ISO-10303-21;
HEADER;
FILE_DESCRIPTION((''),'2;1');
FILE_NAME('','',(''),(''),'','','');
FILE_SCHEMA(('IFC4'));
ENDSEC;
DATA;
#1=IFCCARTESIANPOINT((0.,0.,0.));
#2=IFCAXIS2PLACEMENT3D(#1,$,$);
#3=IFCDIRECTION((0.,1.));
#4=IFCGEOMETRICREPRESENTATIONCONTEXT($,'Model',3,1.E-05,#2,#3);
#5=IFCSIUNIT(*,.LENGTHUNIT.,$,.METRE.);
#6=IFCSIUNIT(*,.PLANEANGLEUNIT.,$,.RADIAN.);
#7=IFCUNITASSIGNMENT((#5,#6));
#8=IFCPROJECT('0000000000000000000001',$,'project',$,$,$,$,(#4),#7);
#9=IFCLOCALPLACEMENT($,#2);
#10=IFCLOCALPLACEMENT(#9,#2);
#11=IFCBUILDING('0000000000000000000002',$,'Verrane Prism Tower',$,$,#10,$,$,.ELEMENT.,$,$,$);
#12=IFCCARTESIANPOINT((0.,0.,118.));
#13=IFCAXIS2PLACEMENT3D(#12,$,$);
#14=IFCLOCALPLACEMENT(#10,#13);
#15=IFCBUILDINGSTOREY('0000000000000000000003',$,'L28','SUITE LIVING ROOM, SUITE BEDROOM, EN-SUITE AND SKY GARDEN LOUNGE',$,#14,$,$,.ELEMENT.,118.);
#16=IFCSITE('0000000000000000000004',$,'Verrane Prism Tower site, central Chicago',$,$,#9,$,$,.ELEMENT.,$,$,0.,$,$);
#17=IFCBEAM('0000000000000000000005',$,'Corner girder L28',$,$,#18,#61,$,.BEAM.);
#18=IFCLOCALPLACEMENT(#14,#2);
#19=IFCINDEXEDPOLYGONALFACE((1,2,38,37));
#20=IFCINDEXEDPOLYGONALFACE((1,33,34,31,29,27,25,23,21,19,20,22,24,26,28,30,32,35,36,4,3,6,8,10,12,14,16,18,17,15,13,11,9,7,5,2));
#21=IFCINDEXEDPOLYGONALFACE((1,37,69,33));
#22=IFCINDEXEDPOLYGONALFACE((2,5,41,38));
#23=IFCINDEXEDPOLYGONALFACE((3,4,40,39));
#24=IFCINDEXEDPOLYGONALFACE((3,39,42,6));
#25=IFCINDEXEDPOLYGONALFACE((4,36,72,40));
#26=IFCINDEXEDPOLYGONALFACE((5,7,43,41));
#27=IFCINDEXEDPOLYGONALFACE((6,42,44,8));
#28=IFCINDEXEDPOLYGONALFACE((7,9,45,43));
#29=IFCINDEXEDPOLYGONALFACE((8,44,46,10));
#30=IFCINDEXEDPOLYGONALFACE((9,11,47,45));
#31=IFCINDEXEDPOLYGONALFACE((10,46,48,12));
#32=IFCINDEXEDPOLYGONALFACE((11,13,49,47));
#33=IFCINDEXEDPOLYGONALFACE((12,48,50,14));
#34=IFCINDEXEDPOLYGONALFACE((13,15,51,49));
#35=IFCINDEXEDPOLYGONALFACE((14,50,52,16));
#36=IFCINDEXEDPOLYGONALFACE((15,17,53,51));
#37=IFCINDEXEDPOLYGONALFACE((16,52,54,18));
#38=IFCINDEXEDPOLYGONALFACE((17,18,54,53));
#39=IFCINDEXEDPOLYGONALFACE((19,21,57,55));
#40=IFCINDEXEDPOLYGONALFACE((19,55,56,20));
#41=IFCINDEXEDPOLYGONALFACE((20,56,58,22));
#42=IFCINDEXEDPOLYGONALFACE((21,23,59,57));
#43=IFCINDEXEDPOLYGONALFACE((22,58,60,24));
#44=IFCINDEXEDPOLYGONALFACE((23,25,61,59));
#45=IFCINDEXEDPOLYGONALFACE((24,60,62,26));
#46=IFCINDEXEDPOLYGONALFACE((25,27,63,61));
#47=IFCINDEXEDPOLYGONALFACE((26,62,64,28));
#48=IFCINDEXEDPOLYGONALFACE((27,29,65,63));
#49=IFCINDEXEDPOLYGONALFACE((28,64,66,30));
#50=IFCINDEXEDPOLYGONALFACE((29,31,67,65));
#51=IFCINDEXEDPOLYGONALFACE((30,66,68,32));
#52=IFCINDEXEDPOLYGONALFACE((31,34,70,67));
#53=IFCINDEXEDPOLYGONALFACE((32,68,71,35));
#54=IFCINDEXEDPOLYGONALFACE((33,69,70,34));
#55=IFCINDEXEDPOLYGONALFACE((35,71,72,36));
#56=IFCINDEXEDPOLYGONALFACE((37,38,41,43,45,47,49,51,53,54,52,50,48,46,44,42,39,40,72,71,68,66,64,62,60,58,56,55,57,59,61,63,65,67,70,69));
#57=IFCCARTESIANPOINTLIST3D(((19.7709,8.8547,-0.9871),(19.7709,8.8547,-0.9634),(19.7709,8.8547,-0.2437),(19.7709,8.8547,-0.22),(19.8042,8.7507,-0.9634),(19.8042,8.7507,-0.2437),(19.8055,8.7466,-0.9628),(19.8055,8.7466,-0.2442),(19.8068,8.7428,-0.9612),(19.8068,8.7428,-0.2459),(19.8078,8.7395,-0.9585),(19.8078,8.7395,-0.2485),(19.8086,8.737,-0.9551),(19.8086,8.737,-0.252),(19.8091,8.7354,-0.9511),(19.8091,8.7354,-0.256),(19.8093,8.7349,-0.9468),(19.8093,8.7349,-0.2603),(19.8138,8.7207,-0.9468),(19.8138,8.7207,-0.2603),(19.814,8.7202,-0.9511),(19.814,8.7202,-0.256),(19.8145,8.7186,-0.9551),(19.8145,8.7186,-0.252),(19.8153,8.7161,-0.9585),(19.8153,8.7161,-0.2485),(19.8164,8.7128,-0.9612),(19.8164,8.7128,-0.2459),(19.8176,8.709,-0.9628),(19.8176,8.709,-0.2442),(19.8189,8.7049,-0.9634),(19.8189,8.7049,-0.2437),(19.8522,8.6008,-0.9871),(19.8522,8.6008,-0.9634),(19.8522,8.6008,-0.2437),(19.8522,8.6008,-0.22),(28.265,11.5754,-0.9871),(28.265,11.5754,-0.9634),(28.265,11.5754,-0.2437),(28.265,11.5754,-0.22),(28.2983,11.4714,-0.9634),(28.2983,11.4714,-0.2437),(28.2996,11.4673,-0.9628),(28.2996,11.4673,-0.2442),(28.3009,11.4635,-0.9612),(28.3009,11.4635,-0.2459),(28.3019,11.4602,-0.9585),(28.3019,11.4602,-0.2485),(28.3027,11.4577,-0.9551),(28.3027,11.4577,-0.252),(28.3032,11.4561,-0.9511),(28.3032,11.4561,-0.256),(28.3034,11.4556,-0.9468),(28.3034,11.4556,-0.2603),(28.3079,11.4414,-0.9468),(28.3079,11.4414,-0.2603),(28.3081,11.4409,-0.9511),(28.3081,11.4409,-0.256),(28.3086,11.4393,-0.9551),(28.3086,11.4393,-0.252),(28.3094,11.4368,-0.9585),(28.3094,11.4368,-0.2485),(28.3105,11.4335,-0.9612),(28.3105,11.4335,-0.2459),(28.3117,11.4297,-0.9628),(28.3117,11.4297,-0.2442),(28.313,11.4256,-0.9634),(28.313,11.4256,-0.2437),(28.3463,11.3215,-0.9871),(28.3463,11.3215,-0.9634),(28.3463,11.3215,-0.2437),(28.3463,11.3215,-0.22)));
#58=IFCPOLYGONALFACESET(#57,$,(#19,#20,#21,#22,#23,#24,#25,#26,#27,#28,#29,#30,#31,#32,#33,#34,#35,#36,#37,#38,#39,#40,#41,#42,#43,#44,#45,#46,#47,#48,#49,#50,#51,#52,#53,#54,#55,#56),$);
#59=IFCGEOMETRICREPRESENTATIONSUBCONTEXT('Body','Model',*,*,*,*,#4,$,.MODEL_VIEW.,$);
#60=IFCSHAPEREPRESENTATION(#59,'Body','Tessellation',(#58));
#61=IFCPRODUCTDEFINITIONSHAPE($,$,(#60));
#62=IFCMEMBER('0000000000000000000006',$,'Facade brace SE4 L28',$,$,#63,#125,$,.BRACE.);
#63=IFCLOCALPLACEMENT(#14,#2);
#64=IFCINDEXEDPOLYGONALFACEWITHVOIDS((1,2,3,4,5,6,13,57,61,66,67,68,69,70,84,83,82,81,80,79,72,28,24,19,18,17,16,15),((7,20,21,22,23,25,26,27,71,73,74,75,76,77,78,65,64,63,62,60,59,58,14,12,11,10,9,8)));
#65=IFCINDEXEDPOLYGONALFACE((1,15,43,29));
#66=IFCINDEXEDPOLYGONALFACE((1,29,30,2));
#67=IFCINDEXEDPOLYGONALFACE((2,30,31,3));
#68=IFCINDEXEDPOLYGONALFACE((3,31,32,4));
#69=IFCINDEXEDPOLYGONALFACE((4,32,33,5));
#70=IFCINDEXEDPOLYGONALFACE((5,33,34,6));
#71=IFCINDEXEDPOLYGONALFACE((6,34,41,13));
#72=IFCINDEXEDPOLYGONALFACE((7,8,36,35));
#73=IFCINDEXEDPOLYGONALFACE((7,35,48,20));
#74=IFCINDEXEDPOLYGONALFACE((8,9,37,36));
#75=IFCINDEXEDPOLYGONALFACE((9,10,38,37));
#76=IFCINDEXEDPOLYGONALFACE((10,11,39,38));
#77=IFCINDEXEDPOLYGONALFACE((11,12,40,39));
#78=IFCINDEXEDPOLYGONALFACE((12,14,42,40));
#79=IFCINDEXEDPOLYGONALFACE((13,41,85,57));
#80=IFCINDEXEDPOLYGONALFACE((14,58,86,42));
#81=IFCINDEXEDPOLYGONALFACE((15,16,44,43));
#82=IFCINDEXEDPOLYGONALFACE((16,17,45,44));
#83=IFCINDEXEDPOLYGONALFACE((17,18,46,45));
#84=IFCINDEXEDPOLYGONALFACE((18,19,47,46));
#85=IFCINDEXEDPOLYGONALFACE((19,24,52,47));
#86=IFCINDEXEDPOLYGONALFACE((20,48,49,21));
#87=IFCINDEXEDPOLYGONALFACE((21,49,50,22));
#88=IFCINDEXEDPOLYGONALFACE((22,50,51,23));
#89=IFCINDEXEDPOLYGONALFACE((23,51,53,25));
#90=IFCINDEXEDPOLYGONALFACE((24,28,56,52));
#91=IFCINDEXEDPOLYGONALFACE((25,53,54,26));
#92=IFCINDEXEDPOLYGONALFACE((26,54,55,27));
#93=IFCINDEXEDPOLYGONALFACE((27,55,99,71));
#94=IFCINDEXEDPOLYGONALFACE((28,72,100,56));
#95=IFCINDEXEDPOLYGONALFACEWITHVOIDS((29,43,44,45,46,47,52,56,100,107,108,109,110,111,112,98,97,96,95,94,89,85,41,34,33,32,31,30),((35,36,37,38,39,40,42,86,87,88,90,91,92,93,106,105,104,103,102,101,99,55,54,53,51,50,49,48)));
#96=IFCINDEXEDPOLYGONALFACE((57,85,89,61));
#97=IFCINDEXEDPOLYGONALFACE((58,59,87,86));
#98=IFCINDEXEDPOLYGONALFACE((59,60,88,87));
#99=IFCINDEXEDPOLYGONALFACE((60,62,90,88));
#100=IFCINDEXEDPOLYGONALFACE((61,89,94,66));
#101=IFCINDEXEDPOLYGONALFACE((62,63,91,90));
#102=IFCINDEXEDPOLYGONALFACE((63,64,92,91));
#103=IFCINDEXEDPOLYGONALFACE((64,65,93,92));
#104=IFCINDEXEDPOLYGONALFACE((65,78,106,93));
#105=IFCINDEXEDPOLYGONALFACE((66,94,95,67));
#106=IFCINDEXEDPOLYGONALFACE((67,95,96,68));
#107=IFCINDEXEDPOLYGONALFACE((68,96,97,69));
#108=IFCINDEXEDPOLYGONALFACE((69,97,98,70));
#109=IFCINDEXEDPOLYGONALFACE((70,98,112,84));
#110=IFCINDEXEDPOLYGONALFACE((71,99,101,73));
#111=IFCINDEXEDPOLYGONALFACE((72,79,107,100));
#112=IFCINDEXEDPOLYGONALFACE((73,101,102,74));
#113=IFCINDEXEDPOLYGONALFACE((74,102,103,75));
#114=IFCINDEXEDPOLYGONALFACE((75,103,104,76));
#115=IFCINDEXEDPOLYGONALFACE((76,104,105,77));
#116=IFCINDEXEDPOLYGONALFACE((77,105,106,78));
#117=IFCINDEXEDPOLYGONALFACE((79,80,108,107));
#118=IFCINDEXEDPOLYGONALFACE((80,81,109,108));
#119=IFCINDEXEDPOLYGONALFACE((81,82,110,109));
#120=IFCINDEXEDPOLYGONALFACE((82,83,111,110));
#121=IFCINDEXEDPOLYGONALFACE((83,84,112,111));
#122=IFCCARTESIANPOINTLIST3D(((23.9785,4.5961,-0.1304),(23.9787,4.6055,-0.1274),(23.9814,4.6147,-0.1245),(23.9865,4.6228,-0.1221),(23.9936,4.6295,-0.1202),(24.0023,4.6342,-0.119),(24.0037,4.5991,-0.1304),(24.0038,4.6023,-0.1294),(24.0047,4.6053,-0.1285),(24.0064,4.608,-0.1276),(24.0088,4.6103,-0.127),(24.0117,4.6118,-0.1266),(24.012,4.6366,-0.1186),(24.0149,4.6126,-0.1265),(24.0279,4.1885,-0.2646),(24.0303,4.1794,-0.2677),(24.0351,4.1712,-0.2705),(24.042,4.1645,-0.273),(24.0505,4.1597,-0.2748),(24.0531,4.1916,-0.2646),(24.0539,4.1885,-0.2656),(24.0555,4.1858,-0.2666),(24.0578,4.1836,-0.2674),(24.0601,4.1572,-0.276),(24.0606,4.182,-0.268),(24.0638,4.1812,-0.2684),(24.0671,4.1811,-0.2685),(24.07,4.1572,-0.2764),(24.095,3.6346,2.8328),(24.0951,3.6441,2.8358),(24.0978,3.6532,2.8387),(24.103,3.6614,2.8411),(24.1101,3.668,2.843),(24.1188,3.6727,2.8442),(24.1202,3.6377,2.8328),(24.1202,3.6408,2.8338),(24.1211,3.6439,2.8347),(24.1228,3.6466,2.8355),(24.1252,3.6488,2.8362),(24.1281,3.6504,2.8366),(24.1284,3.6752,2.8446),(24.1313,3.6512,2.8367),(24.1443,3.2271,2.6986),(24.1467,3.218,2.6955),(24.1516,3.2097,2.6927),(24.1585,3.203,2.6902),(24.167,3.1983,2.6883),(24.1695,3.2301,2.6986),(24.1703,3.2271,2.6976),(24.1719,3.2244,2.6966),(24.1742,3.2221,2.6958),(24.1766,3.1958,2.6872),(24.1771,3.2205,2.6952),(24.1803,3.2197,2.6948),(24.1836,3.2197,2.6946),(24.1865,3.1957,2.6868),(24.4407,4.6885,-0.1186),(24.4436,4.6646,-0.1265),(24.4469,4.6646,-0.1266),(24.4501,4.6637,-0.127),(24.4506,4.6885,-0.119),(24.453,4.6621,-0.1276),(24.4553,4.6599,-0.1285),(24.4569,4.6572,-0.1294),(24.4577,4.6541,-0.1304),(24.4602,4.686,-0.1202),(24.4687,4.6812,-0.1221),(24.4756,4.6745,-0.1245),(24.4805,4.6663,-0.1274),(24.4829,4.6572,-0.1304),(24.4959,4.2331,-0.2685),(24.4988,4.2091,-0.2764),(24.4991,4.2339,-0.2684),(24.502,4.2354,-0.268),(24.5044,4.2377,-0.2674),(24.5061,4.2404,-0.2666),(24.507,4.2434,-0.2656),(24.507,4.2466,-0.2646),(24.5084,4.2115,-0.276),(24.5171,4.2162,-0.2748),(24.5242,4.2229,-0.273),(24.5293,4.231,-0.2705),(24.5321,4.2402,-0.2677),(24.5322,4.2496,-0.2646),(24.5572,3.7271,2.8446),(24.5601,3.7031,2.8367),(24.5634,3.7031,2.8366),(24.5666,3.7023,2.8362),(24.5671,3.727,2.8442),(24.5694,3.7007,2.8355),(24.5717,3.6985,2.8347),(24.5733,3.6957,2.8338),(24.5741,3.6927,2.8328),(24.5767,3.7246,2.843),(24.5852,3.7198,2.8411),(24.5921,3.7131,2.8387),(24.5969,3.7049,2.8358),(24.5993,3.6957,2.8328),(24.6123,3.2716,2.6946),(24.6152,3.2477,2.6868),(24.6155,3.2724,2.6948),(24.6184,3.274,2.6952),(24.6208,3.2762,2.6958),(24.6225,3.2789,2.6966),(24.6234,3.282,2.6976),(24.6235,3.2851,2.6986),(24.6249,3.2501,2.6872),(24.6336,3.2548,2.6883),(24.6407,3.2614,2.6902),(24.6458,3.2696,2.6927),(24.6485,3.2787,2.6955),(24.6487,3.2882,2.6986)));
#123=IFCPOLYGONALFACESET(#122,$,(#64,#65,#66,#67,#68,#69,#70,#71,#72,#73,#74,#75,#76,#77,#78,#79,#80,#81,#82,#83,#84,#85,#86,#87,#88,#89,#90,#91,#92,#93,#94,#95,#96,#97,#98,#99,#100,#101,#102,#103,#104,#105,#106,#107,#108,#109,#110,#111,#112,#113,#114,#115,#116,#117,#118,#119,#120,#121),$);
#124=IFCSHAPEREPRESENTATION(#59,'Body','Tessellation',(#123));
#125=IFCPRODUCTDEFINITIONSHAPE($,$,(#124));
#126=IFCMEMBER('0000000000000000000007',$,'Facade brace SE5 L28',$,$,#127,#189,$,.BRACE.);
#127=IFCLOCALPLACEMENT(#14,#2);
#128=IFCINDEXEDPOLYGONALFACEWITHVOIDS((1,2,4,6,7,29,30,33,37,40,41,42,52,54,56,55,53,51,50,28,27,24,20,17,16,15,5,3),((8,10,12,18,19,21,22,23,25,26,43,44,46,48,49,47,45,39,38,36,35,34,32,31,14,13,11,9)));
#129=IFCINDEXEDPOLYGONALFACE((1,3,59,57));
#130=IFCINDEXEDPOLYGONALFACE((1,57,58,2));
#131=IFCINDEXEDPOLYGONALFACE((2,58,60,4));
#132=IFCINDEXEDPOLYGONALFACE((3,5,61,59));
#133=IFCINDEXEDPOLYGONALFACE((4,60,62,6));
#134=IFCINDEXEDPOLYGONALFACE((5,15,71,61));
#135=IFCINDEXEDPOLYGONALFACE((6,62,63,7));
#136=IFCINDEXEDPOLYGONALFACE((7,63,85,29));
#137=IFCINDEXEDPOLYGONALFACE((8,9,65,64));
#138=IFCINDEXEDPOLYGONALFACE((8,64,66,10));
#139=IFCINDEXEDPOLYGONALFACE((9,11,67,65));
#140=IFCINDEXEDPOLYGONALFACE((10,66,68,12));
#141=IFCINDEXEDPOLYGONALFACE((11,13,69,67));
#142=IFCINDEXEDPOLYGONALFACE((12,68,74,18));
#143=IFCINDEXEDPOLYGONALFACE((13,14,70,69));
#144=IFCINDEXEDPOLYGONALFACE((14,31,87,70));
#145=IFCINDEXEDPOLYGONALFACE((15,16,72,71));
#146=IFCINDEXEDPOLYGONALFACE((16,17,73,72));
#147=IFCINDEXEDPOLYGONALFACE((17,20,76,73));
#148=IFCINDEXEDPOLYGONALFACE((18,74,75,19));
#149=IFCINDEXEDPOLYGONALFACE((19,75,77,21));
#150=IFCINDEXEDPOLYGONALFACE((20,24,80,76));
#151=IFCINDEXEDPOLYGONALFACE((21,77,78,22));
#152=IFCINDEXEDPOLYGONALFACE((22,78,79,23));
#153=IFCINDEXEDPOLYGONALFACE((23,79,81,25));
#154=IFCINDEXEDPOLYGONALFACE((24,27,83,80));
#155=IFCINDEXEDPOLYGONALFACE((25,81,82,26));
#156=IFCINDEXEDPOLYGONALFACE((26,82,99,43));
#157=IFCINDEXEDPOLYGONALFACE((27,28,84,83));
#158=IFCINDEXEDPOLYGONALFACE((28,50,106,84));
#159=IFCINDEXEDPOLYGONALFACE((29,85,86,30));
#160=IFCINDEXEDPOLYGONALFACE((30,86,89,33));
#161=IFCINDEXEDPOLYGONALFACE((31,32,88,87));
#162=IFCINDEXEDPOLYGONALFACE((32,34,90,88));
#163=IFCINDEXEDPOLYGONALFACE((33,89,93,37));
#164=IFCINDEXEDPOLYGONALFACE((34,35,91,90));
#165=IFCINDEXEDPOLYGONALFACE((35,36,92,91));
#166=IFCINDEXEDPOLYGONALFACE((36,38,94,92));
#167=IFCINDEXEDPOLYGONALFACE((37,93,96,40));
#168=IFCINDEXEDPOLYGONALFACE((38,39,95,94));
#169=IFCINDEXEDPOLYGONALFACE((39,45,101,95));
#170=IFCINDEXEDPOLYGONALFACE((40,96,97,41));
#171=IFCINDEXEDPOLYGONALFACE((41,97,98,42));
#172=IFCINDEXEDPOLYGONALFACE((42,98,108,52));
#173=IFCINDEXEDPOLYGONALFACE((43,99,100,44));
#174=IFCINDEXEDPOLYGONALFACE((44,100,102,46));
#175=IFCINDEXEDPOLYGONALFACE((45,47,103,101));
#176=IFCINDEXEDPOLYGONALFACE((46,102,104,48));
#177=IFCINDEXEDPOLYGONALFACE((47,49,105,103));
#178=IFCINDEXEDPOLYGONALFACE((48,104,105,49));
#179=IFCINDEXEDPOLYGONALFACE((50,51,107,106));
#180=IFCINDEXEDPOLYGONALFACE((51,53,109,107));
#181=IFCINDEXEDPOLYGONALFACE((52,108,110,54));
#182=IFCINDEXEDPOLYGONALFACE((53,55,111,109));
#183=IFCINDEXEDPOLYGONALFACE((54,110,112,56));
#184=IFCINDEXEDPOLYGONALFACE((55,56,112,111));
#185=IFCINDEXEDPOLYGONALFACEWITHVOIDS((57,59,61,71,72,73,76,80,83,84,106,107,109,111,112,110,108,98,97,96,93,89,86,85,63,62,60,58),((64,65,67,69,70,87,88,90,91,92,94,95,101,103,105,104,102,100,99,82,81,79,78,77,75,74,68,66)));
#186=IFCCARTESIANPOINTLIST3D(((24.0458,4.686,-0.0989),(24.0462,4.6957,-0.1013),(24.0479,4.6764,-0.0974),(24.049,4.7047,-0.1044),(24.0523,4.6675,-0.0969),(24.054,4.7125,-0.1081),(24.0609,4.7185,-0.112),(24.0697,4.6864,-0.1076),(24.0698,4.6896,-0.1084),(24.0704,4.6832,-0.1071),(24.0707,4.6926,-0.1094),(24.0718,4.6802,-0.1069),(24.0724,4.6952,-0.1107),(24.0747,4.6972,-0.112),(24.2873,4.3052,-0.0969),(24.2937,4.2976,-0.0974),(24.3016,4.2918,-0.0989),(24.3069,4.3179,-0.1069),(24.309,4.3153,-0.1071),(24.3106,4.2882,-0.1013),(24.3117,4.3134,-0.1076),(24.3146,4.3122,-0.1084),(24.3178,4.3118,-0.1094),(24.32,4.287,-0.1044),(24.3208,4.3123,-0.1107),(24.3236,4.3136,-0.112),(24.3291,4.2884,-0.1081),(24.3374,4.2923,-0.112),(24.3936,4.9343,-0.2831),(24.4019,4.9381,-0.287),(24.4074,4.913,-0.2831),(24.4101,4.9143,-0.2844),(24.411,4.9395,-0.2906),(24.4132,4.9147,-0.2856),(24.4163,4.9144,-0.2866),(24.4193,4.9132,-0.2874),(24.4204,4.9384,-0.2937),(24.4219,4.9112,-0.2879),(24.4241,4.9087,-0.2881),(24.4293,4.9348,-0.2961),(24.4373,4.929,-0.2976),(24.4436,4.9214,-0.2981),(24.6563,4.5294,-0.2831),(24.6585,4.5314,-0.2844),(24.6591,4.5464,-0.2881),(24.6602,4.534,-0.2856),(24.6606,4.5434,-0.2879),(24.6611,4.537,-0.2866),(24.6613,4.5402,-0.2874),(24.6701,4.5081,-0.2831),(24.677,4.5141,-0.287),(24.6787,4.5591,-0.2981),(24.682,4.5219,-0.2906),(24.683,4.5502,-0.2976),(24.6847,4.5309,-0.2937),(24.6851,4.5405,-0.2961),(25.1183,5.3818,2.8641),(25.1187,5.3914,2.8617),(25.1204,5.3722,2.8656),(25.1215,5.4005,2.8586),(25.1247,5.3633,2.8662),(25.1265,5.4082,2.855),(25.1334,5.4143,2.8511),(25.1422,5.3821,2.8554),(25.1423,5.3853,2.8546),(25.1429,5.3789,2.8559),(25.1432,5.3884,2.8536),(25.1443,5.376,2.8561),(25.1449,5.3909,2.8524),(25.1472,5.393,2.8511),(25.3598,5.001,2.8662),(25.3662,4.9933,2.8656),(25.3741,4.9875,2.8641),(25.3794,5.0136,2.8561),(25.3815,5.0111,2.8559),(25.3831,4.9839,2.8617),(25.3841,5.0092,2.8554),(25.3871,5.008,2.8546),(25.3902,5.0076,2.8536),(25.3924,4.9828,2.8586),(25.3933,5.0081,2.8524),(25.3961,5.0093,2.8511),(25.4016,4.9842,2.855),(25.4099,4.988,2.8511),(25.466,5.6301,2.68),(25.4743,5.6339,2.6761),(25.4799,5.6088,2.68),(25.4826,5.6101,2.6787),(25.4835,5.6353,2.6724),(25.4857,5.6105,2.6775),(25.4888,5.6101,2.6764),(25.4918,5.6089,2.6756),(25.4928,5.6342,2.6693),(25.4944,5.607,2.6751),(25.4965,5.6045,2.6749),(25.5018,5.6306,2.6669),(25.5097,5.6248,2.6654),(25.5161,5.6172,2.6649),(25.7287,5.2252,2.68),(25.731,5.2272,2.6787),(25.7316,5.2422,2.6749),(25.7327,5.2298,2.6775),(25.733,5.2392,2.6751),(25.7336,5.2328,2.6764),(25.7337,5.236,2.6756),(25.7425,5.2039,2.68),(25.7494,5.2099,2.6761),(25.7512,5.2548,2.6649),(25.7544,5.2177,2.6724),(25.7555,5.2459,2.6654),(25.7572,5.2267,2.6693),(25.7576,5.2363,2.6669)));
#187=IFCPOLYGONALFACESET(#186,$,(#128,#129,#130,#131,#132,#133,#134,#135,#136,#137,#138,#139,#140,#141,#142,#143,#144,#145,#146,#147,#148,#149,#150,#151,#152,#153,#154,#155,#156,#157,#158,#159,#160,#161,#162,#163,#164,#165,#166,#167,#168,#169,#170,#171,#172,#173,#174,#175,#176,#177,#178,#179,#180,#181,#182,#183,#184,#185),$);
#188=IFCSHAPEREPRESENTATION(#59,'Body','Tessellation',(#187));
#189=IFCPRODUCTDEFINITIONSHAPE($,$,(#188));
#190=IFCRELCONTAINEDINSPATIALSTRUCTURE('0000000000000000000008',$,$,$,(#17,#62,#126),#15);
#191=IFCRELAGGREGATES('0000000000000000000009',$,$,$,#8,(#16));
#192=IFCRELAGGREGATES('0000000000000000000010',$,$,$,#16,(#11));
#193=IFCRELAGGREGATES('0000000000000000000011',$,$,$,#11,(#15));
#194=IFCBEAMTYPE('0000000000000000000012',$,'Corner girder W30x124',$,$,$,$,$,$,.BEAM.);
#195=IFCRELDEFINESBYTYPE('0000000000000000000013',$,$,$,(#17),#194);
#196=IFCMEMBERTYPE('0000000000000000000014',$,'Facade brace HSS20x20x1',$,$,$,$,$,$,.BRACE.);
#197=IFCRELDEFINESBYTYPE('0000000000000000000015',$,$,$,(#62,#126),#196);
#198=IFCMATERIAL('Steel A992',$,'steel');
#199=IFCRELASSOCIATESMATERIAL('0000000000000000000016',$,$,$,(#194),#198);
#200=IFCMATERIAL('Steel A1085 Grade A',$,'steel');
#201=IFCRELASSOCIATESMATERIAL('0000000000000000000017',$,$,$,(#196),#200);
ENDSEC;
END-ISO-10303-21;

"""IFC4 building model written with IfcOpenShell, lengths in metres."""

from ifc_helpers import new_model, si_unit, direction, frame, origin, origin_2d, place, context, subcontext, project, spatial, hollow_rectangle, i_section, extrude, material, material_profile, profile_set, type_object, element, save


model = new_model("IFC4")

# Units and contexts
model_context = context("Model", 3, precision=1e-05, world=origin(), true_north=direction((0.0, 1.0)))
body_context = subcontext(model_context, "Body", "Model", "MODEL_VIEW")
ifc_project = project(units=[si_unit("LENGTHUNIT", "METRE"), si_unit("PLANEANGLEUNIT", "RADIAN")], contexts=[model_context])

# Site, building, storey
site_placement = place(None, origin())
site = spatial("IfcSite", under=ifc_project, at=site_placement, Name="Verrane Prism Tower site, central Chicago", CompositionType="ELEMENT", RefElevation=0.0)
building_placement = place(site_placement, origin())
building = spatial("IfcBuilding", under=site, at=building_placement, Name="Verrane Prism Tower", CompositionType="ELEMENT")
storey_placement = place(building_placement, frame((0.0, 0.0, 118.0)))
storey = spatial("IfcBuildingStorey", under=building, at=storey_placement, Name="L28", Description="SUITE LIVING ROOM, SUITE BEDROOM, EN-SUITE AND SKY GARDEN LOUNGE", CompositionType="ELEMENT", Elevation=118.0)

# Beam
ifc_material_1 = material(Name="Steel A992", Category="steel")
ifc_material_profile_1 = material_profile(ifc_material_1, i_section(OverallWidth=0.2666, OverallDepth=0.7671, WebThickness=0.0149, FlangeThickness=0.0237, FilletRadius=0.0166, at=origin_2d()), Name="W30x124")
ifc_profile_set_1 = profile_set([ifc_material_profile_1], Name="Steel A992")
beam_type_1 = type_object("IfcBeamType", Name="Corner girder W30x124", PredefinedType="BEAM", material=ifc_profile_set_1)
beam_1_placement = place(storey_placement, frame((28.3057, 11.4485, -0.6035), z_axis=(-0.95234, -0.305038, 0.0), x_axis=(0.305038, -0.95234, 0.0)))
element("IfcBeam", 1, at=beam_1_placement, inside=storey, type_object=beam_type_1, Name="Corner girder L28", PredefinedType="BEAM", context=body_context, shape_type="SweptSolid", body=[
    extrude(i_section(OverallWidth=0.2666, OverallDepth=0.7671, WebThickness=0.0149, FlangeThickness=0.0237, FilletRadius=0.0166, at=origin_2d()), origin(), (0.0, 0.0, 1.0), 8.9192),
])

# Members
ifc_material_2 = material(Name="Steel A1085 Grade A", Category="steel")
ifc_material_profile_2 = material_profile(ifc_material_2, hollow_rectangle(XDim=0.5081, YDim=0.5081, WallThickness=0.0254, InnerFilletRadius=0.0127, OuterFilletRadius=0.0381, at=origin_2d()), Name="HSS20x20x1")
ifc_profile_set_2 = profile_set([ifc_material_profile_2], Name="Steel A1085 Grade A")
member_type_1 = type_object("IfcMemberType", Name="Facade brace HSS20x20x1", PredefinedType="BRACE", material=ifc_profile_set_2)
member_1_placement = place(storey_placement, frame((24.2554, 4.4229, -0.1975), z_axis=(0.037357, -0.308408, 0.95052), x_axis=(0.992744, 0.120249, 0.0)))
element("IfcMember", 2, at=member_1_placement, inside=storey, type_object=member_type_1, Name="Facade brace SE4 L28", PredefinedType="BRACE", context=body_context, shape_type="SweptSolid", body=[
    extrude(hollow_rectangle(XDim=0.5081, YDim=0.5081, WallThickness=0.0254, InnerFilletRadius=0.0127, OuterFilletRadius=0.0381, at=origin_2d()), origin(), (0.0, 0.0, 1.0), 3.1174),
])
member_2_placement = place(storey_placement, frame((24.3655, 4.6133, -0.1975), z_axis=(0.332338, 0.215608, 0.918186), x_axis=(-0.544256, 0.838919, 0.0)))
element("IfcMember", 3, at=member_2_placement, inside=storey, type_object=member_type_1, Name="Facade brace SE5 L28", PredefinedType="BRACE", context=body_context, shape_type="SweptSolid", body=[
    extrude(hollow_rectangle(XDim=0.5081, YDim=0.5081, WallThickness=0.0254, InnerFilletRadius=0.0127, OuterFilletRadius=0.0381, at=origin_2d()), origin(), (0.0, 0.0, 1.0), 3.2271),
])

save(model, "model.ifc")
